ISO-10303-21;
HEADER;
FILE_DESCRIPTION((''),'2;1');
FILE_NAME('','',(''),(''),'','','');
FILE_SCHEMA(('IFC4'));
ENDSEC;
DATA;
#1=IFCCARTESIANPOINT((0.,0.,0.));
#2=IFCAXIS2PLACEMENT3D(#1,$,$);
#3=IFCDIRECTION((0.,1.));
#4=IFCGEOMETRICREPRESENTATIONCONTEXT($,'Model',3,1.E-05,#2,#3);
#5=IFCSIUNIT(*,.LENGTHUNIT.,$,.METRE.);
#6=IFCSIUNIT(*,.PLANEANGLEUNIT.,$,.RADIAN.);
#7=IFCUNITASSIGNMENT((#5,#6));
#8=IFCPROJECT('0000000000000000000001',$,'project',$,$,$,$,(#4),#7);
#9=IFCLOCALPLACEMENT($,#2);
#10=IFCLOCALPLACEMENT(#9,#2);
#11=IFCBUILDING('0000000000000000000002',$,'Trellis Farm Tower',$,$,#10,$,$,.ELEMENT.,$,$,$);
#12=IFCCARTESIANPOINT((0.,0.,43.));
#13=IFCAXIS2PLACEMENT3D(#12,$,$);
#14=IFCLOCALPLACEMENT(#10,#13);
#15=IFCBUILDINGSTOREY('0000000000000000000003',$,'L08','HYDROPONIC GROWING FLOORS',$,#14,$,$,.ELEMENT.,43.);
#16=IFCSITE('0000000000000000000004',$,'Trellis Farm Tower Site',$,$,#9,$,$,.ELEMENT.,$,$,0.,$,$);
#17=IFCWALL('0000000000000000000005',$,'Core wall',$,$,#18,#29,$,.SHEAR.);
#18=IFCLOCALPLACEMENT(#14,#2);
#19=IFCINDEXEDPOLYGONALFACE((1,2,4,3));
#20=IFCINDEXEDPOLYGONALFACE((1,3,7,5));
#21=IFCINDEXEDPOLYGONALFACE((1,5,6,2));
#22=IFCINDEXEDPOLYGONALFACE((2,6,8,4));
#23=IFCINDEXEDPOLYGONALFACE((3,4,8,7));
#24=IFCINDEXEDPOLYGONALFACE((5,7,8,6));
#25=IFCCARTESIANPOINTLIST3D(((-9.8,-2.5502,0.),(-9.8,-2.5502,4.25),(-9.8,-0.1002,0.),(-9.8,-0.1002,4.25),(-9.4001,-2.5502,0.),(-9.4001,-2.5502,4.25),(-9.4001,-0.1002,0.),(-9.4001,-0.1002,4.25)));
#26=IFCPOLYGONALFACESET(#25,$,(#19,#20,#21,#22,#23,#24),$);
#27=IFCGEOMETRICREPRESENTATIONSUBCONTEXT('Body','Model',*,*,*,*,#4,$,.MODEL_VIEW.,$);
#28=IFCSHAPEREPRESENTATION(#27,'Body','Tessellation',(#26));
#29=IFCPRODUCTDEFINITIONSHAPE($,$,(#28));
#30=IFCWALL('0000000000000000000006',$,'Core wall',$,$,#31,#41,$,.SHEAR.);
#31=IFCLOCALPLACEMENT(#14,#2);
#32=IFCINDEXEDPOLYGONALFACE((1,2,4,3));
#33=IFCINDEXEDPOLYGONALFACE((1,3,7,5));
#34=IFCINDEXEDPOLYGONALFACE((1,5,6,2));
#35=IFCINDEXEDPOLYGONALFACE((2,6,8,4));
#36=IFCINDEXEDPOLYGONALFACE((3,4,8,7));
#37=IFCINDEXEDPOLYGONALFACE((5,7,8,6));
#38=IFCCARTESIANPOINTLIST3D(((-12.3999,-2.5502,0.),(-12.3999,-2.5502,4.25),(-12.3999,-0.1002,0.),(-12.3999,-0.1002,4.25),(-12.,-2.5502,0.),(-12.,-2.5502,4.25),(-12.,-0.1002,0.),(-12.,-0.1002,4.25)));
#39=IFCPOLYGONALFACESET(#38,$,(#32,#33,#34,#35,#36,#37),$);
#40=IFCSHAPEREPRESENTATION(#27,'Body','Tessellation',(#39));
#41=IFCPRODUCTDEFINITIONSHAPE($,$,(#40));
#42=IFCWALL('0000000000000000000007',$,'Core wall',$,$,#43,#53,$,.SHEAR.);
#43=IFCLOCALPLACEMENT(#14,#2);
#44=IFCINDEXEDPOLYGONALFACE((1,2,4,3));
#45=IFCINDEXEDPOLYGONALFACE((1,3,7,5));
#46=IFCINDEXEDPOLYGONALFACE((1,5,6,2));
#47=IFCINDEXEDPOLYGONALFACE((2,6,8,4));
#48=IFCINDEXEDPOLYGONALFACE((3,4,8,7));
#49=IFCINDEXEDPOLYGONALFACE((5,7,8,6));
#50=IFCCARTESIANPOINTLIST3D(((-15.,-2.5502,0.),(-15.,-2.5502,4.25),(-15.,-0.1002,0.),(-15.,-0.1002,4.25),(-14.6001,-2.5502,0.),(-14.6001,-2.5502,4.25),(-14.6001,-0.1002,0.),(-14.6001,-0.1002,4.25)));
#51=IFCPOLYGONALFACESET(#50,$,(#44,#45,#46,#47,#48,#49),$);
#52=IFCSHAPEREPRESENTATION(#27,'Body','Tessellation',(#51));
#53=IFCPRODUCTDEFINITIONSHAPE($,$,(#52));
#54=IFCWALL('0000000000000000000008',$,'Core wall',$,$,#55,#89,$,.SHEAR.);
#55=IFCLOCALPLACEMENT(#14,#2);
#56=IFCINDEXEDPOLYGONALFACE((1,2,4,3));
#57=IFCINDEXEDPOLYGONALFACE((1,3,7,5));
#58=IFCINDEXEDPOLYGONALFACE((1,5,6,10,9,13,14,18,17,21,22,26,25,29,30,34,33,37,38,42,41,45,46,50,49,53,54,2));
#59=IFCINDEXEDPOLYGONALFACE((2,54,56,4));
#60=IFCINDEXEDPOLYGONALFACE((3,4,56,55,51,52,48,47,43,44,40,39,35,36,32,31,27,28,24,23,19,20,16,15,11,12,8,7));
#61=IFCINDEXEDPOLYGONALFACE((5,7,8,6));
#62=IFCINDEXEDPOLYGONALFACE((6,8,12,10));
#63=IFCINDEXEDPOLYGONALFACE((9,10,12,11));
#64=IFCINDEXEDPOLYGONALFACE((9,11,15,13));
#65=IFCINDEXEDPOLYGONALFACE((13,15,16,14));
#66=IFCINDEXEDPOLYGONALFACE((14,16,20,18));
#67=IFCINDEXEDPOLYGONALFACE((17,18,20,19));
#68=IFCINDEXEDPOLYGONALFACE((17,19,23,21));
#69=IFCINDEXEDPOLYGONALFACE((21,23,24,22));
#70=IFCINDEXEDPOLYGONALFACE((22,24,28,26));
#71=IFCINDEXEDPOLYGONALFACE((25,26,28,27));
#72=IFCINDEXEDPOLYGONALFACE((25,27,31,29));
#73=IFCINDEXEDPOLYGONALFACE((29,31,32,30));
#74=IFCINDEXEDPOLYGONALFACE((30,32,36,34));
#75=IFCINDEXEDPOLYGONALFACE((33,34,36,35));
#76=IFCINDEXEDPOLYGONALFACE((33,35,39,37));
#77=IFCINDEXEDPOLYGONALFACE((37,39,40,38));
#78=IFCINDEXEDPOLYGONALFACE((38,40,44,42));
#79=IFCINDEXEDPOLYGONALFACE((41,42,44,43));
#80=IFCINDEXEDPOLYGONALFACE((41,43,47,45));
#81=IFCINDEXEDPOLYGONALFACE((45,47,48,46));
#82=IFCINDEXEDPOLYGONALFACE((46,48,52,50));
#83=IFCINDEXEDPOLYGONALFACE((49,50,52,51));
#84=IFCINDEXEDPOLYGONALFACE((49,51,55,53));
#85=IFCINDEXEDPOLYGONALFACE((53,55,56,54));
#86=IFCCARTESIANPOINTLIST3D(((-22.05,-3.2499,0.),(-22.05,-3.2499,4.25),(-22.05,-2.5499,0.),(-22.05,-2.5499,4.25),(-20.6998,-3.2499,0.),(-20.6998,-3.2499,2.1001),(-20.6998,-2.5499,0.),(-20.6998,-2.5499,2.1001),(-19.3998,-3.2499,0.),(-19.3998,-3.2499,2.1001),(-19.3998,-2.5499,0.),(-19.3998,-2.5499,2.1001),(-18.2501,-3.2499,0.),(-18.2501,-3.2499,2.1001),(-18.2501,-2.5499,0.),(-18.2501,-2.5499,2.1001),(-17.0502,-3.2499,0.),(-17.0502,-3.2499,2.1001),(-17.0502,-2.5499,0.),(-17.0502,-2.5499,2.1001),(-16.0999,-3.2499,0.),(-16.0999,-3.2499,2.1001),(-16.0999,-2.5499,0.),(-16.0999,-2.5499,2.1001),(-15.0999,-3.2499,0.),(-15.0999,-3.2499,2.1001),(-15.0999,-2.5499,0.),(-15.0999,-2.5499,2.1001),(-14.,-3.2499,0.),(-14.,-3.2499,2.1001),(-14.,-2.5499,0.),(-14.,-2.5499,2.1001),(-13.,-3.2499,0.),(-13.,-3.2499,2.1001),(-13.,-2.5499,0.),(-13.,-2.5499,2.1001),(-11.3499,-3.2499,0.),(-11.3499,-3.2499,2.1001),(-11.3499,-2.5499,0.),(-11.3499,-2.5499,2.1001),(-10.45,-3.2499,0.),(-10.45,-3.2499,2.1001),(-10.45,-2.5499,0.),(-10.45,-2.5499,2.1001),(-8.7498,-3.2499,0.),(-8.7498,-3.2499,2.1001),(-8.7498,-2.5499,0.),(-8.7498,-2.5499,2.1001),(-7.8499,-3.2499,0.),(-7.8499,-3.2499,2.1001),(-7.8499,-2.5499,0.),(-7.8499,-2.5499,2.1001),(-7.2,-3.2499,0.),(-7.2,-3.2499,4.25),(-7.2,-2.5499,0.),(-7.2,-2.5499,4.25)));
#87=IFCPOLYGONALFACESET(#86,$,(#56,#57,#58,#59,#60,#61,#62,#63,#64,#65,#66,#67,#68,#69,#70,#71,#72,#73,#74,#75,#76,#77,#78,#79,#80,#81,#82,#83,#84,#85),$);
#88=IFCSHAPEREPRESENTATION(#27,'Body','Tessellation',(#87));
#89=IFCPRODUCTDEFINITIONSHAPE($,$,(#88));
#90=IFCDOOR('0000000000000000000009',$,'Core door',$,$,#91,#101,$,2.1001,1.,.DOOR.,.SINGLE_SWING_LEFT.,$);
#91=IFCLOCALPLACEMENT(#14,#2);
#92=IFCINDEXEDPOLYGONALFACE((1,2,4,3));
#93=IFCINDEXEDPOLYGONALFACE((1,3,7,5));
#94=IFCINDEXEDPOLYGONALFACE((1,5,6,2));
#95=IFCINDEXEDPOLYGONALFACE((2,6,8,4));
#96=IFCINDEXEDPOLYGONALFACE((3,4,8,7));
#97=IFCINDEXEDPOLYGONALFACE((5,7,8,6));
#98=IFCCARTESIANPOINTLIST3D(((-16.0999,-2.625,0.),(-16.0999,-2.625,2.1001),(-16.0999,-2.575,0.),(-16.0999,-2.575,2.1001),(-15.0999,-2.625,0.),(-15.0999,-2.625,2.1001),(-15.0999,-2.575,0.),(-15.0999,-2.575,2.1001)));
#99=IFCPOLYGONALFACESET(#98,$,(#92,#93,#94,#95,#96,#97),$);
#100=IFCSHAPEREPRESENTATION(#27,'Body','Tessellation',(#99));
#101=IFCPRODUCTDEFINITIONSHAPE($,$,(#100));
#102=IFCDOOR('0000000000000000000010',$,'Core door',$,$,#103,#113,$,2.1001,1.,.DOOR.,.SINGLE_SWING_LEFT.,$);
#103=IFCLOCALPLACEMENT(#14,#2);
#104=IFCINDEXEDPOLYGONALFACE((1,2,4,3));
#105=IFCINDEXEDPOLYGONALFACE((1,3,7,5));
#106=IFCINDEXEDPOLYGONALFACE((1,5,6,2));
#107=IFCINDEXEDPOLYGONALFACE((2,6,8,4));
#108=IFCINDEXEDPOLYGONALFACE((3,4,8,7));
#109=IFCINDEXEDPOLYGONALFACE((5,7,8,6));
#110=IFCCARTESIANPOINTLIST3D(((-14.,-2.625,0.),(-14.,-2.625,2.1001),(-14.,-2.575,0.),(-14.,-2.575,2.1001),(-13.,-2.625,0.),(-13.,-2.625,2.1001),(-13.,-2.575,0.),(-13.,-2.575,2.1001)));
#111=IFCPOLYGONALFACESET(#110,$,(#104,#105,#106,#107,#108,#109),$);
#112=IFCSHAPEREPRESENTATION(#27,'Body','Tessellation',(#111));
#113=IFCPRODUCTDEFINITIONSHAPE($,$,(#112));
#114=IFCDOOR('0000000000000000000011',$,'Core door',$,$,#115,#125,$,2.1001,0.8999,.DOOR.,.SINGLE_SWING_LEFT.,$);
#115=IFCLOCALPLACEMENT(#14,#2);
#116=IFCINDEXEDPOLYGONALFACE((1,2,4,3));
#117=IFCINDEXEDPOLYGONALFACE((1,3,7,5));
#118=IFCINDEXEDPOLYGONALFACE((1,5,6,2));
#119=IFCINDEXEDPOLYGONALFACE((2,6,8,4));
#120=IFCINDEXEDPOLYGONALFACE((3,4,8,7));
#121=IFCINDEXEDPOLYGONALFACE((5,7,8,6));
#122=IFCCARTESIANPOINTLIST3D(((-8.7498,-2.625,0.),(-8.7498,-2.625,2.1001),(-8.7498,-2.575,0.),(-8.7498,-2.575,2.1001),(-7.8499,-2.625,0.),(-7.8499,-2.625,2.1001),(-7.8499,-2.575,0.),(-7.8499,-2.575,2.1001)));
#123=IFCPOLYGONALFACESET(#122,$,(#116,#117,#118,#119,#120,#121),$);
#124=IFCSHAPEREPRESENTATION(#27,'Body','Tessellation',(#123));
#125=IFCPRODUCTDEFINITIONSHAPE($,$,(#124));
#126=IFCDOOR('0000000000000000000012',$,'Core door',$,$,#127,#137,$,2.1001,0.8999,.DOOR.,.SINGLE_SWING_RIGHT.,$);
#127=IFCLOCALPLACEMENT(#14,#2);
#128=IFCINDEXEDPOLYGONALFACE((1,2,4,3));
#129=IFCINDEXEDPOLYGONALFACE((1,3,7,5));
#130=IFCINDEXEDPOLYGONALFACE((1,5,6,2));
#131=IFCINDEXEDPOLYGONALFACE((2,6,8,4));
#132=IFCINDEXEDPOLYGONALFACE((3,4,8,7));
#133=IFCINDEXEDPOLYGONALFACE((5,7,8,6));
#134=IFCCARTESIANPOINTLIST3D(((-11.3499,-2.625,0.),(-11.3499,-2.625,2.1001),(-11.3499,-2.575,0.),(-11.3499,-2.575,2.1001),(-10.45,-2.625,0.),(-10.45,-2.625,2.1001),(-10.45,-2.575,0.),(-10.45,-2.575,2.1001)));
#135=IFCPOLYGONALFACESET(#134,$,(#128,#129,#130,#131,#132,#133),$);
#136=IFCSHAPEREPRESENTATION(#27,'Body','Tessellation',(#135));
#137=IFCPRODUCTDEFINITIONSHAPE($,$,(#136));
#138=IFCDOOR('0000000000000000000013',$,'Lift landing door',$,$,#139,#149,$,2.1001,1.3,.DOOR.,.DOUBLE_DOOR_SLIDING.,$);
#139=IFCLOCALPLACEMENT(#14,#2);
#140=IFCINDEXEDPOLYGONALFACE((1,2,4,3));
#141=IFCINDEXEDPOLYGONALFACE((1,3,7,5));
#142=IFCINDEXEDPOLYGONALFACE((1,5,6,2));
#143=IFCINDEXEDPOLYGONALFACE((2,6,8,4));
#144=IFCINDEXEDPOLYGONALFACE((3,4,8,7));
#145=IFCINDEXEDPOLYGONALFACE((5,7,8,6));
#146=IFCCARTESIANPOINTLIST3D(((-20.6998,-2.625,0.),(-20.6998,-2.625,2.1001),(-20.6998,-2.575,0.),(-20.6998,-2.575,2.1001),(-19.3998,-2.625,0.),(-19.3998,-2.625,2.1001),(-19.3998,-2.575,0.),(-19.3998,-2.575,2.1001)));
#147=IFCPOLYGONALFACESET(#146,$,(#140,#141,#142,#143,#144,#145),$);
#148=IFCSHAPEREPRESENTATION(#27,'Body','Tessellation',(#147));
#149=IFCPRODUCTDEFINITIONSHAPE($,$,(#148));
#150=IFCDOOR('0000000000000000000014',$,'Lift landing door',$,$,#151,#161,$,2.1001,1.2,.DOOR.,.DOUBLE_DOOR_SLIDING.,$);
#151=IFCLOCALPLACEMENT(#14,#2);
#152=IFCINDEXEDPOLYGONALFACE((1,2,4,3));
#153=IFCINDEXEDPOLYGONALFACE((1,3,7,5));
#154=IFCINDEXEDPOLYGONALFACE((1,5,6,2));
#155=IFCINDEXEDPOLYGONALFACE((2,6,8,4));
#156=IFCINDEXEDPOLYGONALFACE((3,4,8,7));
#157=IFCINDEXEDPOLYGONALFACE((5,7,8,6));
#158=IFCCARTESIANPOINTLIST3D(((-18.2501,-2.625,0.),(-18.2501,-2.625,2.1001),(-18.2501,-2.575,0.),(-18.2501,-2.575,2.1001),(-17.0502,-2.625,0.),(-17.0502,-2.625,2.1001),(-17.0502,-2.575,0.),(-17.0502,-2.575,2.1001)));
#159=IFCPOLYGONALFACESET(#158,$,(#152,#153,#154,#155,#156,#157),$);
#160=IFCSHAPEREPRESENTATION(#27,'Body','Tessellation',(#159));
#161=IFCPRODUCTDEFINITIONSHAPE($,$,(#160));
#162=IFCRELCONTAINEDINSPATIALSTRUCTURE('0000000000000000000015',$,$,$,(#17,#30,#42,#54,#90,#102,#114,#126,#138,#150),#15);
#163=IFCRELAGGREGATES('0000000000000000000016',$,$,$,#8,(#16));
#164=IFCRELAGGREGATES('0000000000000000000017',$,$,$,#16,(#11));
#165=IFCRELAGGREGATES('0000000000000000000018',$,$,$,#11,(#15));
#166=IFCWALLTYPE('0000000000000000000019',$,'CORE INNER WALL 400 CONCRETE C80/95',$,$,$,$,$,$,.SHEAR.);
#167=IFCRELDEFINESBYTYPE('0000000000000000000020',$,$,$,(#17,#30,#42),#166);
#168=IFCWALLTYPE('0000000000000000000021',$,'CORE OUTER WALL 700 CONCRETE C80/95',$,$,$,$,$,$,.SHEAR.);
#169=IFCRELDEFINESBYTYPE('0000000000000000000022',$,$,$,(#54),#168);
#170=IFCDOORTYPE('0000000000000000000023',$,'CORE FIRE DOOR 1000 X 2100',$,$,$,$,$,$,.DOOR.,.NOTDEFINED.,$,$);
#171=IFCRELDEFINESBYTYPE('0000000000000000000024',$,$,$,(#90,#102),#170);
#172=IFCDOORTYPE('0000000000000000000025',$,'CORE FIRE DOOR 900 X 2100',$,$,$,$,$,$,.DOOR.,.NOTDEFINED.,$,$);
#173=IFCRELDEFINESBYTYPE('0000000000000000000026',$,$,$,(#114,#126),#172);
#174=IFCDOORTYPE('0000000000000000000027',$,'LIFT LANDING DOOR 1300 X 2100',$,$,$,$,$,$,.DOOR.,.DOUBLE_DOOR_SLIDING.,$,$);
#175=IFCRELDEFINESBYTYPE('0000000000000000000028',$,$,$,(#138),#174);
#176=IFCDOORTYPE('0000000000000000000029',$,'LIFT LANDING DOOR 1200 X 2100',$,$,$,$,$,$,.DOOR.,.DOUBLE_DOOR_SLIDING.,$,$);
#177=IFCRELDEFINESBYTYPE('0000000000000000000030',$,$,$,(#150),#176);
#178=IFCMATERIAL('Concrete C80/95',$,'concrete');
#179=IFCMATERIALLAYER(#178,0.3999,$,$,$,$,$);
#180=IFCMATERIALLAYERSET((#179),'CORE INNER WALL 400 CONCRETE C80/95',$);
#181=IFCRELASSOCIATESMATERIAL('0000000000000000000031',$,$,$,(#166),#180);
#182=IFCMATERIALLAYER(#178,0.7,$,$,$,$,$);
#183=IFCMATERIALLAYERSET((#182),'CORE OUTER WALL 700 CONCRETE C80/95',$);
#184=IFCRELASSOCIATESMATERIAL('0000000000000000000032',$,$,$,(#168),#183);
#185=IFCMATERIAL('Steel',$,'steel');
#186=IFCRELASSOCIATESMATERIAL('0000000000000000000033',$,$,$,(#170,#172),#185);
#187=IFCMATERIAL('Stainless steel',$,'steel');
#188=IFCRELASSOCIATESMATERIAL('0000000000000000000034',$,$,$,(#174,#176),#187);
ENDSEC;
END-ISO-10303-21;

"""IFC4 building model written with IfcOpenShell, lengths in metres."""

from ifc_helpers import new_model, si_unit, direction, frame, frame_2d, origin, place, context, subcontext, project, spatial, rectangle, extrude, source, transform, mapped, material, layer, layer_set, type_object, element, fill, save


model = new_model("IFC4")

# Units and contexts
model_context = context("Model", 3, precision=1e-05, world=origin(), true_north=direction((0.0, 1.0)))
body_context = subcontext(model_context, "Body", "Model", "MODEL_VIEW")
ifc_project = project(units=[si_unit("LENGTHUNIT", "METRE"), si_unit("PLANEANGLEUNIT", "RADIAN")], contexts=[model_context])

# Site, building, storey
site_placement = place(None, origin())
site = spatial("IfcSite", under=ifc_project, at=site_placement, Name="Trellis Farm Tower Site", CompositionType="ELEMENT", RefElevation=0.0)
building_placement = place(site_placement, origin())
building = spatial("IfcBuilding", under=site, at=building_placement, Name="Trellis Farm Tower", CompositionType="ELEMENT")
storey_placement = place(building_placement, frame((0.0, 0.0, 43.0)))
storey = spatial("IfcBuildingStorey", under=building, at=storey_placement, Name="L08", Description="HYDROPONIC GROWING FLOORS", CompositionType="ELEMENT", Elevation=43.0)

# Shared definitions
ifc_material_1 = material(Name="Concrete C80/95", Category="concrete")

# Walls
ifc_layer_1 = layer(ifc_material_1, 0.3999)
ifc_layer_set_1 = layer_set([ifc_layer_1], Name="CORE INNER WALL 400 CONCRETE C80/95")
wall_type_1 = type_object("IfcWallType", Name="CORE INNER WALL 400 CONCRETE C80/95", PredefinedType="SHEAR", material=ifc_layer_set_1)
shared_shape_1 = source(origin(), body_context, "Body", "SweptSolid", [
    extrude(rectangle(XDim=2.45, YDim=0.3999, at=frame_2d((1.2251, 0.0))), origin(), (0.0, 0.0, 1.0), 4.25),
])
for number, where, z_axis, x_axis, name in (
    (1, (-9.6001, -0.1001, 0.0), (0.0, 0.0, 1.0), (0.0, -1.0, 0.0), "Core wall"),
    (2, (-12.2, -0.1001, 0.0), (0.0, 0.0, 1.0), (0.0, -1.0, 0.0), "Core wall"),
    (3, (-14.8, -0.1001, 0.0), (0.0, 0.0, 1.0), (0.0, -1.0, 0.0), "Core wall"),
):
    element("IfcWall", number, at=place(storey_placement, frame(where, z_axis=z_axis, x_axis=x_axis)), inside=storey, type_object=wall_type_1, Name=name, PredefinedType="SHEAR", context=body_context, shape_type="MappedRepresentation", body=[
        mapped(shared_shape_1, transform((0.0, 0.0, 0.0))),
    ])

# Wall, openings, doors
ifc_layer_2 = layer(ifc_material_1, 0.7)
ifc_layer_set_2 = layer_set([ifc_layer_2], Name="CORE OUTER WALL 700 CONCRETE C80/95")
wall_type_2 = type_object("IfcWallType", Name="CORE OUTER WALL 700 CONCRETE C80/95", PredefinedType="SHEAR", material=ifc_layer_set_2)
shared_shape_2 = source(origin(), body_context, "Body", "SweptSolid", [
    extrude(rectangle(XDim=14.8501, YDim=0.7, at=frame_2d((7.425, 0.0))), origin(), (0.0, 0.0, 1.0), 4.25),
])
wall_1_placement = place(storey_placement, frame((-7.2, -2.8999, 0.0), z_axis=(0.0, 0.0, 1.0), x_axis=(-1.0, 0.0, 0.0)))
wall_1 = element("IfcWall", 4, at=wall_1_placement, inside=storey, type_object=wall_type_2, Name="Core wall", PredefinedType="SHEAR", context=body_context, shape_type="MappedRepresentation", body=[
    mapped(shared_shape_2, transform((0.0, 0.0, 0.0))),
])
shared_shape_3 = source(origin(), body_context, "Body", "SweptSolid", [
    extrude(rectangle(XDim=1.3, YDim=2.1001, at=frame_2d((0.6499, 1.05))), frame((0.0, 0.3601, 0.0), z_axis=(0.0, -1.0, 0.0), x_axis=(1.0, 0.0, 0.0)), (0.0, 0.0, 1.0), 0.7202),
])
opening_1_placement = place(wall_1_placement, frame((12.2, 0.0, 0.0)))
opening_1 = element("IfcOpeningElement", 5, at=opening_1_placement, cuts=wall_1, PredefinedType="OPENING", context=body_context, shape_type="MappedRepresentation", body=[
    mapped(shared_shape_3, transform((0.0, 0.0, 0.0))),
])
shared_shape_4 = source(origin(), body_context, "Body", "SweptSolid", [
    extrude(rectangle(XDim=1.2, YDim=2.1001, at=frame_2d((0.6001, 1.05))), frame((0.0, 0.3601, 0.0), z_axis=(0.0, -1.0, 0.0), x_axis=(1.0, 0.0, 0.0)), (0.0, 0.0, 1.0), 0.7202),
])
opening_2_placement = place(wall_1_placement, frame((9.8501, 0.0, 0.0)))
opening_2 = element("IfcOpeningElement", 6, at=opening_2_placement, cuts=wall_1, PredefinedType="OPENING", context=body_context, shape_type="MappedRepresentation", body=[
    mapped(shared_shape_4, transform((0.0, 0.0, 0.0))),
])
shared_shape_5 = source(origin(), body_context, "Body", "SweptSolid", [
    extrude(rectangle(XDim=1.0, YDim=2.1001, at=frame_2d((0.5, 1.05))), frame((0.0, 0.3601, 0.0), z_axis=(0.0, -1.0, 0.0), x_axis=(1.0, 0.0, 0.0)), (0.0, 0.0, 1.0), 0.7202),
])
opening_3_placement = place(wall_1_placement, frame((7.8999, 0.0, 0.0)))
opening_3 = element("IfcOpeningElement", 7, at=opening_3_placement, cuts=wall_1, PredefinedType="OPENING", context=body_context, shape_type="MappedRepresentation", body=[
    mapped(shared_shape_5, transform((0.0, 0.0, 0.0))),
])
shared_shape_6 = source(origin(), body_context, "Body", "SweptSolid", [
    extrude(rectangle(XDim=0.8999, YDim=2.1001, at=frame_2d((0.45, 1.05))), frame((0.0, 0.3601, 0.0), z_axis=(0.0, -1.0, 0.0), x_axis=(1.0, 0.0, 0.0)), (0.0, 0.0, 1.0), 0.7202),
])
opening_4_placement = place(wall_1_placement, frame((0.6499, 0.0, 0.0)))
opening_4 = element("IfcOpeningElement", 8, at=opening_4_placement, cuts=wall_1, PredefinedType="OPENING", context=body_context, shape_type="MappedRepresentation", body=[
    mapped(shared_shape_6, transform((0.0, 0.0, 0.0))),
])
opening_5_placement = place(wall_1_placement, frame((3.25, 0.0, 0.0)))
opening_5 = element("IfcOpeningElement", 9, at=opening_5_placement, cuts=wall_1, PredefinedType="OPENING", context=body_context, shape_type="MappedRepresentation", body=[
    mapped(shared_shape_6, transform((0.0, 0.0, 0.0))),
])
opening_6_placement = place(wall_1_placement, frame((5.8, 0.0, 0.0)))
opening_6 = element("IfcOpeningElement", 10, at=opening_6_placement, cuts=wall_1, PredefinedType="OPENING", context=body_context, shape_type="MappedRepresentation", body=[
    mapped(shared_shape_5, transform((0.0, 0.0, 0.0))),
])
ifc_material_2 = material(Name="Steel", Category="steel")
door_type_1 = type_object("IfcDoorType", Name="CORE FIRE DOOR 1000 X 2100", OperationType="NOTDEFINED", PredefinedType="DOOR", material=ifc_material_2)
shared_shape_7 = source(origin(), body_context, "Body", "SweptSolid", [
    extrude(rectangle(XDim=1.0, YDim=2.1001, at=frame_2d((0.5, 1.05))), frame((0.0, -0.2749, 0.0), z_axis=(0.0, -1.0, 0.0), x_axis=(1.0, 0.0, 0.0)), (0.0, 0.0, 1.0), 0.05),
])
door_1_placement = place(opening_3_placement, origin())
door_1 = element("IfcDoor", 11, at=door_1_placement, inside=storey, type_object=door_type_1, Name="Core door", OperationType="SINGLE_SWING_LEFT", OverallHeight=2.1001, OverallWidth=1.0, PredefinedType="DOOR", context=body_context, shape_type="MappedRepresentation", body=[
    mapped(shared_shape_7, transform((0.0, 0.0, 0.0))),
])
fill(opening_3, door_1)
door_2_placement = place(opening_6_placement, origin())
door_2 = element("IfcDoor", 12, at=door_2_placement, inside=storey, type_object=door_type_1, Name="Core door", OperationType="SINGLE_SWING_LEFT", OverallHeight=2.1001, OverallWidth=1.0, PredefinedType="DOOR", context=body_context, shape_type="MappedRepresentation", body=[
    mapped(shared_shape_7, transform((0.0, 0.0, 0.0))),
])
fill(opening_6, door_2)
door_type_2 = type_object("IfcDoorType", Name="CORE FIRE DOOR 900 X 2100", OperationType="NOTDEFINED", PredefinedType="DOOR", material=ifc_material_2)
shared_shape_8 = source(origin(), body_context, "Body", "SweptSolid", [
    extrude(rectangle(XDim=0.8999, YDim=2.1001, at=frame_2d((0.45, 1.05))), frame((0.0, -0.2749, 0.0), z_axis=(0.0, -1.0, 0.0), x_axis=(1.0, 0.0, 0.0)), (0.0, 0.0, 1.0), 0.05),
])
door_3_placement = place(opening_4_placement, origin())
door_3 = element("IfcDoor", 13, at=door_3_placement, inside=storey, type_object=door_type_2, Name="Core door", OperationType="SINGLE_SWING_LEFT", OverallHeight=2.1001, OverallWidth=0.8999, PredefinedType="DOOR", context=body_context, shape_type="MappedRepresentation", body=[
    mapped(shared_shape_8, transform((0.0, 0.0, 0.0))),
])
fill(opening_4, door_3)
door_4_placement = place(opening_5_placement, origin())
door_4 = element("IfcDoor", 14, at=door_4_placement, inside=storey, type_object=door_type_2, Name="Core door", OperationType="SINGLE_SWING_RIGHT", OverallHeight=2.1001, OverallWidth=0.8999, PredefinedType="DOOR", context=body_context, shape_type="MappedRepresentation", body=[
    mapped(shared_shape_8, transform((0.0, 0.0, 0.0))),
])
fill(opening_5, door_4)
ifc_material_3 = material(Name="Stainless steel", Category="steel")
door_type_3 = type_object("IfcDoorType", Name="LIFT LANDING DOOR 1300 X 2100", OperationType="DOUBLE_DOOR_SLIDING", PredefinedType="DOOR", material=ifc_material_3)
shared_shape_9 = source(origin(), body_context, "Body", "SweptSolid", [
    extrude(rectangle(XDim=1.3, YDim=2.1001, at=frame_2d((0.6499, 1.05))), frame((0.0, -0.2749, 0.0), z_axis=(0.0, -1.0, 0.0), x_axis=(1.0, 0.0, 0.0)), (0.0, 0.0, 1.0), 0.05),
])
door_5_placement = place(opening_1_placement, origin())
door_5 = element("IfcDoor", 15, at=door_5_placement, inside=storey, type_object=door_type_3, Name="Lift landing door", OperationType="DOUBLE_DOOR_SLIDING", OverallHeight=2.1001, OverallWidth=1.3, PredefinedType="DOOR", context=body_context, shape_type="MappedRepresentation", body=[
    mapped(shared_shape_9, transform((0.0, 0.0, 0.0))),
])
fill(opening_1, door_5)
door_type_4 = type_object("IfcDoorType", Name="LIFT LANDING DOOR 1200 X 2100", OperationType="DOUBLE_DOOR_SLIDING", PredefinedType="DOOR", material=ifc_material_3)
shared_shape_10 = source(origin(), body_context, "Body", "SweptSolid", [
    extrude(rectangle(XDim=1.2, YDim=2.1001, at=frame_2d((0.6001, 1.05))), frame((0.0, -0.2749, 0.0), z_axis=(0.0, -1.0, 0.0), x_axis=(1.0, 0.0, 0.0)), (0.0, 0.0, 1.0), 0.05),
])
door_6_placement = place(opening_2_placement, origin())
door_6 = element("IfcDoor", 16, at=door_6_placement, inside=storey, type_object=door_type_4, Name="Lift landing door", OperationType="DOUBLE_DOOR_SLIDING", OverallHeight=2.1001, OverallWidth=1.2, PredefinedType="DOOR", context=body_context, shape_type="MappedRepresentation", body=[
    mapped(shared_shape_10, transform((0.0, 0.0, 0.0))),
])
fill(opening_2, door_6)

save(model, "model.ifc")
